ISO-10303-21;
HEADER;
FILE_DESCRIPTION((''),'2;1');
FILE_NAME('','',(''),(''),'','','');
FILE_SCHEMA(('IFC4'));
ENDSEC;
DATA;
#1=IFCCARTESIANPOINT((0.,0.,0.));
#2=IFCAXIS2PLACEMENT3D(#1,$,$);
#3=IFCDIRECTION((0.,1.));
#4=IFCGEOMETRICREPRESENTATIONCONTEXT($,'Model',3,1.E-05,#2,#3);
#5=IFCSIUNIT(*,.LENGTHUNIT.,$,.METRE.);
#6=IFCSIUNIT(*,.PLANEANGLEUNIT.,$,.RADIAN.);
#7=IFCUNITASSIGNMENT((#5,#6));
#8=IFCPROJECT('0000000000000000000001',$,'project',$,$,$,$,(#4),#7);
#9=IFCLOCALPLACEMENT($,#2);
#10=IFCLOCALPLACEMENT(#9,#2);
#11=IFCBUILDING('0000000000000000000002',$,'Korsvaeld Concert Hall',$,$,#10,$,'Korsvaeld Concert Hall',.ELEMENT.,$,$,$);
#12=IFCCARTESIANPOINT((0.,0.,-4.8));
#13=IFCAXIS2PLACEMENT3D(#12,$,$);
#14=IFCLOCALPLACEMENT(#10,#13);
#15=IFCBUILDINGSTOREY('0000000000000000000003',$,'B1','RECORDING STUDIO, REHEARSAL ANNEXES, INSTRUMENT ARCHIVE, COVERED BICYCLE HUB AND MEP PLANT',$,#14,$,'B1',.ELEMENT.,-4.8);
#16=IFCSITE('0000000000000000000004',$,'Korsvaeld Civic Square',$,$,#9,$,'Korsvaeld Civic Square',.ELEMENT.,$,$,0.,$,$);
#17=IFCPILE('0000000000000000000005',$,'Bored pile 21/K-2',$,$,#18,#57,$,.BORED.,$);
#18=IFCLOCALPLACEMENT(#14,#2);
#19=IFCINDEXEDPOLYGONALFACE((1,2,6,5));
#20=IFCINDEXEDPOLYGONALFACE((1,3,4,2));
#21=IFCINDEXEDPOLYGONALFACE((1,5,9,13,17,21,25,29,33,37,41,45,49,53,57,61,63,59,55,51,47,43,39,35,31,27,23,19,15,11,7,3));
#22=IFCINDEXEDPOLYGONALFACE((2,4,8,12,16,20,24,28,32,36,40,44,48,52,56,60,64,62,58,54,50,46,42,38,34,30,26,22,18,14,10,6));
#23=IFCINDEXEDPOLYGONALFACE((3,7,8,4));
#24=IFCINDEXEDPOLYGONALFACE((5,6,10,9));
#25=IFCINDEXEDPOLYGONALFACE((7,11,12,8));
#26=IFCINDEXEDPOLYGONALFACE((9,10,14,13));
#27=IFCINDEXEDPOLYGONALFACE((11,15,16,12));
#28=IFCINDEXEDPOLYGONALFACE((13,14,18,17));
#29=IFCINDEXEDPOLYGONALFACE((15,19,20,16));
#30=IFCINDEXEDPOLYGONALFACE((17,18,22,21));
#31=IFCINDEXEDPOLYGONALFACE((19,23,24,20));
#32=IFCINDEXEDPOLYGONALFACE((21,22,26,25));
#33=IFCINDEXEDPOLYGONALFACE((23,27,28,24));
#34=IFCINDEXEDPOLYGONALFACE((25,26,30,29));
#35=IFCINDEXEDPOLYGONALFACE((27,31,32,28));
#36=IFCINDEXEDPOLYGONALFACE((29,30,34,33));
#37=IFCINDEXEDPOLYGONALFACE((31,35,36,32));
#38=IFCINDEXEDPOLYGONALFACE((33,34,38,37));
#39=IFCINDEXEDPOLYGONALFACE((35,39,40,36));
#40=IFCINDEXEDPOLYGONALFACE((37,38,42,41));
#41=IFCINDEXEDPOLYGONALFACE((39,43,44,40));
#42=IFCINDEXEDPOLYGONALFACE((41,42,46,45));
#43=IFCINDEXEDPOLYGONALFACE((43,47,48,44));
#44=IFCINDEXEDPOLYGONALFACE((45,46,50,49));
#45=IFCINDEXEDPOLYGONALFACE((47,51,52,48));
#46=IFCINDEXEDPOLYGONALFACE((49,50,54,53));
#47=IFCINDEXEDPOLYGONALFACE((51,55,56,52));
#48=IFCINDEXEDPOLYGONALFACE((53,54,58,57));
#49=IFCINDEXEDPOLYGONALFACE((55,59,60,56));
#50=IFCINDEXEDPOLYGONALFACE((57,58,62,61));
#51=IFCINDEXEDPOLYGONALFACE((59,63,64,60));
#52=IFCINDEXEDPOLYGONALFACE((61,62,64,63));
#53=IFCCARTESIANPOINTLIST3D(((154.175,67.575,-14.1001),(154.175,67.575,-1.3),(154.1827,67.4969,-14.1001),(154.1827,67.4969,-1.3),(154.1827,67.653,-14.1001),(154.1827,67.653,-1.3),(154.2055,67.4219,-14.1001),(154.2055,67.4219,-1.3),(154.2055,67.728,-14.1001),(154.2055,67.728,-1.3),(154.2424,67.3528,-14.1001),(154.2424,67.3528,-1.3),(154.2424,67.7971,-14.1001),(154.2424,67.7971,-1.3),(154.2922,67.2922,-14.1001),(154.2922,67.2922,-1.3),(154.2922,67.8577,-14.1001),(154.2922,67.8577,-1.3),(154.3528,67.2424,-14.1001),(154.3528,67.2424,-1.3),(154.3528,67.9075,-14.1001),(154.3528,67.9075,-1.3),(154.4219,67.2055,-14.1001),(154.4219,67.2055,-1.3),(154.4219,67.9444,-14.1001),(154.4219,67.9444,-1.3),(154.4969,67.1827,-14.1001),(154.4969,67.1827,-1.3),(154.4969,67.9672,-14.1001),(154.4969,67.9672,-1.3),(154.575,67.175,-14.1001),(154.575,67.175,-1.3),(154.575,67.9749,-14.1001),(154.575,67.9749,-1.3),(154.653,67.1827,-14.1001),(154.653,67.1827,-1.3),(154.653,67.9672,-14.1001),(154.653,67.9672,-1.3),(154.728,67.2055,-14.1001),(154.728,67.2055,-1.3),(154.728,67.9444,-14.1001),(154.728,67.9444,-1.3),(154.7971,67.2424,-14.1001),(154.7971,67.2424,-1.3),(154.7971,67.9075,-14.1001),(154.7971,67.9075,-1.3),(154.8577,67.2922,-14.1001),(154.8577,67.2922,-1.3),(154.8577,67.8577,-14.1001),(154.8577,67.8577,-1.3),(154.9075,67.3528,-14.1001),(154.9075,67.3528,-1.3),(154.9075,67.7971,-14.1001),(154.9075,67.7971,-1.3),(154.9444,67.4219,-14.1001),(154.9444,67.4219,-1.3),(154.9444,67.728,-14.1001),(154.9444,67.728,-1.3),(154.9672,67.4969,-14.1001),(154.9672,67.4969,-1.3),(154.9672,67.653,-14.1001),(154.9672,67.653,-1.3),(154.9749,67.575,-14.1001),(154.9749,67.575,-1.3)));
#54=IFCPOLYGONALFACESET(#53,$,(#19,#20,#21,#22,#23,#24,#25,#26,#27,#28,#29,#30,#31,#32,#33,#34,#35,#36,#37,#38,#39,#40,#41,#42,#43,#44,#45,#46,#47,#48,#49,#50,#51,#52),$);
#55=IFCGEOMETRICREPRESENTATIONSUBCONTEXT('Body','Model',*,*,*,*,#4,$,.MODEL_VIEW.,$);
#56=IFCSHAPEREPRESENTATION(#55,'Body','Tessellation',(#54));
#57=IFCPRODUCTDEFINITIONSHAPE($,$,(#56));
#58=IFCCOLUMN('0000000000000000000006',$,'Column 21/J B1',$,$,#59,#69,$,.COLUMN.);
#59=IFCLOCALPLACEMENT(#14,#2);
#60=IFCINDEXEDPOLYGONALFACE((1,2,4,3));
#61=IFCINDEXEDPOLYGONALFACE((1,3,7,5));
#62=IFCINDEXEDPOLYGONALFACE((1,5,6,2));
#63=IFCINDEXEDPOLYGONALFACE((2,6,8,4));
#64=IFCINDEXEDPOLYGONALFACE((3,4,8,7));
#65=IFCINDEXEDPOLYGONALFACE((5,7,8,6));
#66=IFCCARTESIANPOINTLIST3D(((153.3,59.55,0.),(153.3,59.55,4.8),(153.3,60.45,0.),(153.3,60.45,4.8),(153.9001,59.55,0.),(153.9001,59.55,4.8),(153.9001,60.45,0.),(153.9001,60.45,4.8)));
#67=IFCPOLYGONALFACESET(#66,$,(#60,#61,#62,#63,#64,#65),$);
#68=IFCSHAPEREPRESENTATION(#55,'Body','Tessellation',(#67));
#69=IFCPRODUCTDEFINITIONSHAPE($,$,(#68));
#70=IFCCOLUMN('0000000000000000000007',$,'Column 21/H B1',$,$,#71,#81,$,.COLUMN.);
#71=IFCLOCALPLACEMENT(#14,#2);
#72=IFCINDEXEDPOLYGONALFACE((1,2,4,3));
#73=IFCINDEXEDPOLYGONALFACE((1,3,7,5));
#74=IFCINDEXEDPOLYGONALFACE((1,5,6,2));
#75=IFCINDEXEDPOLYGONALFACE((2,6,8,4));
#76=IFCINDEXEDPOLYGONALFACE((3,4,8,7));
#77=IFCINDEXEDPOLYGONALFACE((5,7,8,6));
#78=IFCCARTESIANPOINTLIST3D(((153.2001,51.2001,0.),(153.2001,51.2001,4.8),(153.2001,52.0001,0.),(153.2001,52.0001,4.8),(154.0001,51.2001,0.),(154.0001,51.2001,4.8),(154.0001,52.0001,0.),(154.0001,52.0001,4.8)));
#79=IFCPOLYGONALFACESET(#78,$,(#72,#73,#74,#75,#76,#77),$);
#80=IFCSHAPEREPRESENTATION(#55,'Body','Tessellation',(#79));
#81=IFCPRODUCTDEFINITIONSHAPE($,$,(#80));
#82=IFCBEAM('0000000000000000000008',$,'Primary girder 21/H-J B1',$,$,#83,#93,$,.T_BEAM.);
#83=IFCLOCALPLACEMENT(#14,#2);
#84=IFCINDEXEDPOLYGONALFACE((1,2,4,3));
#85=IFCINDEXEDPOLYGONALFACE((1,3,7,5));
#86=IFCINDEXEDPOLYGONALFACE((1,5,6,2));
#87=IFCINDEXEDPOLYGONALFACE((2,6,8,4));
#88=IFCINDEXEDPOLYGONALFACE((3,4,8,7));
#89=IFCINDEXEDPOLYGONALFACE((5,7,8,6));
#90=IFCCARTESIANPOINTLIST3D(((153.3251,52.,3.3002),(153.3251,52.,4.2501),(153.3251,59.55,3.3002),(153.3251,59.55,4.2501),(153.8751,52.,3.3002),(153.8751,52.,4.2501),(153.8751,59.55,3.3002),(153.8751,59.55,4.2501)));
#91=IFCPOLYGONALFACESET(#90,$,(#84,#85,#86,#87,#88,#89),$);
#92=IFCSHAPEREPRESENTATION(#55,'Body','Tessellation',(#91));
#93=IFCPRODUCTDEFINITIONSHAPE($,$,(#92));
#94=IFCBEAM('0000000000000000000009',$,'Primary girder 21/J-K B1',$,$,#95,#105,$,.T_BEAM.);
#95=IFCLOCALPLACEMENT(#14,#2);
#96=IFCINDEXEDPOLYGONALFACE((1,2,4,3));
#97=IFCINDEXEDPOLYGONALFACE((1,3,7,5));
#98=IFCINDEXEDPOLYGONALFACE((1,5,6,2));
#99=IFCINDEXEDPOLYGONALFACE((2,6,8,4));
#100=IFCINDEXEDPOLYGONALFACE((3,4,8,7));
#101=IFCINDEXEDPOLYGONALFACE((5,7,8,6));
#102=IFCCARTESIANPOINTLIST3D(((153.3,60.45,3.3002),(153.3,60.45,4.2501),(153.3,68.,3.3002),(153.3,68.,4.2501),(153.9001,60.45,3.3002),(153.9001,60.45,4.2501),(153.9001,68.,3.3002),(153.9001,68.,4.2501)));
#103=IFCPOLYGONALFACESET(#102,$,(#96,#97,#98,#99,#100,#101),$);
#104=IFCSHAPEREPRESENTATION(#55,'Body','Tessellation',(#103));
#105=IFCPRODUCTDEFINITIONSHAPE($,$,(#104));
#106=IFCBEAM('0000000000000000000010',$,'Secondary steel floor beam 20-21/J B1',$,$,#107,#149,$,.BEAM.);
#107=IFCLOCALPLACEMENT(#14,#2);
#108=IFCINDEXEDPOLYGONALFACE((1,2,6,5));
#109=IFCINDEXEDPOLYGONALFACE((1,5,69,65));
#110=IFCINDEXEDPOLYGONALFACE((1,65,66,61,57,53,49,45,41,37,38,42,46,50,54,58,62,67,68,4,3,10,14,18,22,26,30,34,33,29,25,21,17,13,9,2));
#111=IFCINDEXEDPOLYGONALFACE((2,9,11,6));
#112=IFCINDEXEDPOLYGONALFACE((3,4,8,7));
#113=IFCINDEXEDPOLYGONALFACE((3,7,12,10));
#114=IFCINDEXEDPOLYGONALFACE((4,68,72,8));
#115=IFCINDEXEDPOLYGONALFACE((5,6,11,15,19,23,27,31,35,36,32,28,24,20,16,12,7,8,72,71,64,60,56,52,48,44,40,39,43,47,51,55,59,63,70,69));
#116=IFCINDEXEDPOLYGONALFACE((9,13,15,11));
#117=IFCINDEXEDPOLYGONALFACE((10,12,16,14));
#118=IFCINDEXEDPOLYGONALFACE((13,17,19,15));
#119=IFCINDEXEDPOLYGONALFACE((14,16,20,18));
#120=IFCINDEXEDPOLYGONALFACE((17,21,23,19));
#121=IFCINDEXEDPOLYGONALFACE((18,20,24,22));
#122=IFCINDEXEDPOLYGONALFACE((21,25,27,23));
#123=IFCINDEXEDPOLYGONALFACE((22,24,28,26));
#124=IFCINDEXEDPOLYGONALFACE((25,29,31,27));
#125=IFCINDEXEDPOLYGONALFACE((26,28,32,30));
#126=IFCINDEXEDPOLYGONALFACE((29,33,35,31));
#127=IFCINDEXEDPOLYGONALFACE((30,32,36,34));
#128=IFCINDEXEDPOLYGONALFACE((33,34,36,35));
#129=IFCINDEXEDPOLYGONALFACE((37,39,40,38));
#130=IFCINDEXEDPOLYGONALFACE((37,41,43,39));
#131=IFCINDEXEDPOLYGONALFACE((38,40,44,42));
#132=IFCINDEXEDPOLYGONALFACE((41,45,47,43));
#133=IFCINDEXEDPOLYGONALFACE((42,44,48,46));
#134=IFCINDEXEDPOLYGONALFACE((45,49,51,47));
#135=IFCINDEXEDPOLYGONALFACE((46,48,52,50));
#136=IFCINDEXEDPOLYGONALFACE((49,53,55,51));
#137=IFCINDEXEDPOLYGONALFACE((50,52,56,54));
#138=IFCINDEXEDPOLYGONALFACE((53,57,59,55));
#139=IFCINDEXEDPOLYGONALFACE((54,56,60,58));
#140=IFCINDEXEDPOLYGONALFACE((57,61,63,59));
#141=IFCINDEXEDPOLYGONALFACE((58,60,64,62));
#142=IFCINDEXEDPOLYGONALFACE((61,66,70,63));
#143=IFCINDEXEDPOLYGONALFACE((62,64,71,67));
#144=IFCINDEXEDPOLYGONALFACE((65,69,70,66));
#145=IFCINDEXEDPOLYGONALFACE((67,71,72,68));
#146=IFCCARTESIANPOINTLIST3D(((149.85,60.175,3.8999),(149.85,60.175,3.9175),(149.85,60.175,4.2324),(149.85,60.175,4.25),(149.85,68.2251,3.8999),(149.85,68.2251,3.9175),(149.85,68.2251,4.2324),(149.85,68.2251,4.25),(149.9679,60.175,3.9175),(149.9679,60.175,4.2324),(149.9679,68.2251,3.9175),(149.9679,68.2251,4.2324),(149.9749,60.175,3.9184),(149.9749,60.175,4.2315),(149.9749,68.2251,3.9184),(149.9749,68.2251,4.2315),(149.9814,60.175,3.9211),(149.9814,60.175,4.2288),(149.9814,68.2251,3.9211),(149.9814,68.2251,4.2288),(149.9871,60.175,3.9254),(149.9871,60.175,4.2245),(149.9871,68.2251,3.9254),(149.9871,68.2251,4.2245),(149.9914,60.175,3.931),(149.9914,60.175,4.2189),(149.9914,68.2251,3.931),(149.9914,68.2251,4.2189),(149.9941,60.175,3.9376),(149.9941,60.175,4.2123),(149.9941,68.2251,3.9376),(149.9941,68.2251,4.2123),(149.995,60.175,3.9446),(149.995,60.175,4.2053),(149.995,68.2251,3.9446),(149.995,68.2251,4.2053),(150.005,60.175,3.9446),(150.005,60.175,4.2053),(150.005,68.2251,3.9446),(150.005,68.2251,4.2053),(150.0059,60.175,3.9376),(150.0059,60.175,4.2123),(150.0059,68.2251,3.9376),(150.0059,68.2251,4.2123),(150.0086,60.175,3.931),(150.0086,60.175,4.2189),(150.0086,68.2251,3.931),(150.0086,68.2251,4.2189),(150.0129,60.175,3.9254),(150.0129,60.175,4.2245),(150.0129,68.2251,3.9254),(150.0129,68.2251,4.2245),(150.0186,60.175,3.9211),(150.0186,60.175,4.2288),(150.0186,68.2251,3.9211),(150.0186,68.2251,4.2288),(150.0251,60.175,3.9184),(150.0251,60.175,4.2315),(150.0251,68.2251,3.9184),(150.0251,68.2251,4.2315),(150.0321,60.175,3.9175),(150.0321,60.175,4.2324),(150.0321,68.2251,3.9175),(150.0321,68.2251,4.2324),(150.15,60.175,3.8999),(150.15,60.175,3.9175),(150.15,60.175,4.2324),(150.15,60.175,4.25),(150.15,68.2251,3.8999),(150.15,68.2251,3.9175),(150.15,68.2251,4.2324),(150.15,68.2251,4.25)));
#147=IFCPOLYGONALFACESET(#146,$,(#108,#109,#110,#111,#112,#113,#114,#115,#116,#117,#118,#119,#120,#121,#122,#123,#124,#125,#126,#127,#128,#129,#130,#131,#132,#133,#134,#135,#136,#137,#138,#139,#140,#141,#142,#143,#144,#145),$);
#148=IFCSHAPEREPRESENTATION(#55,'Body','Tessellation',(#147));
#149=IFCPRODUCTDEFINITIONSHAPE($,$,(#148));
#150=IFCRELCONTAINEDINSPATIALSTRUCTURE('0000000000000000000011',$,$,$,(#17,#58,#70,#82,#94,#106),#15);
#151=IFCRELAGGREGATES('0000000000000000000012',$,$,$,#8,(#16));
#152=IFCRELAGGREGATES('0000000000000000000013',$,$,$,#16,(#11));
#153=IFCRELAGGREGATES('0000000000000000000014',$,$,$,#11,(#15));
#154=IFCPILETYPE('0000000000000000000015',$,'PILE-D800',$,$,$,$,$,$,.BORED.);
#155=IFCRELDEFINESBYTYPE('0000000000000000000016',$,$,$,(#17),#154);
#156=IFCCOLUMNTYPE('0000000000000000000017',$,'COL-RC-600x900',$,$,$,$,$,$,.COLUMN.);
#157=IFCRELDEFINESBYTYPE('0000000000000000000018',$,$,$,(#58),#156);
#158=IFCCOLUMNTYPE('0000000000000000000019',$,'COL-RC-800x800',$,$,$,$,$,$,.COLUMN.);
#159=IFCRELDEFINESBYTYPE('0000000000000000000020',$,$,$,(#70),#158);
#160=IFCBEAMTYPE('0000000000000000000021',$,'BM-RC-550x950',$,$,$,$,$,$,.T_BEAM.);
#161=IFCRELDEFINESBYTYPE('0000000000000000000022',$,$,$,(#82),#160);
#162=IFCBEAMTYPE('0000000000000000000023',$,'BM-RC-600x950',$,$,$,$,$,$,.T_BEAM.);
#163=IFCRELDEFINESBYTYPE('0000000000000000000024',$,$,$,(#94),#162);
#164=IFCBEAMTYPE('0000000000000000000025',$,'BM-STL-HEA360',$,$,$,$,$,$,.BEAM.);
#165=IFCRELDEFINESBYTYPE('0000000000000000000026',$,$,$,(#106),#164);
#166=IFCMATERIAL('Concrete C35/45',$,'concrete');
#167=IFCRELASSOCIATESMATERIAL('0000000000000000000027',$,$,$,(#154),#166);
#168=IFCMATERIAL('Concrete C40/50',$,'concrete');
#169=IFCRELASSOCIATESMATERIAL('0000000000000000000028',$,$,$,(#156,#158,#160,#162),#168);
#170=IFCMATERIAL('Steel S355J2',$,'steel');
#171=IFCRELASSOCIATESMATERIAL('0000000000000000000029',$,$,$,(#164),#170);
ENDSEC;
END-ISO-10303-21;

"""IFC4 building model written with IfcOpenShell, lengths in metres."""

from ifc_helpers import new_model, si_unit, direction, frame, origin, origin_2d, place, context, subcontext, project, spatial, rectangle, circle, i_section, extrude, material, material_profile, profile_set, type_object, element, save


model = new_model("IFC4")

# Units and contexts
model_context = context("Model", 3, precision=1e-05, world=origin(), true_north=direction((0.0, 1.0)))
body_context = subcontext(model_context, "Body", "Model", "MODEL_VIEW")
ifc_project = project(units=[si_unit("LENGTHUNIT", "METRE"), si_unit("PLANEANGLEUNIT", "RADIAN")], contexts=[model_context])

# Site, building, storey
site_placement = place(None, origin())
site = spatial("IfcSite", under=ifc_project, at=site_placement, Name="Korsvaeld Civic Square", LongName="Korsvaeld Civic Square", CompositionType="ELEMENT", RefElevation=0.0)
building_placement = place(site_placement, origin())
building = spatial("IfcBuilding", under=site, at=building_placement, Name="Korsvaeld Concert Hall", LongName="Korsvaeld Concert Hall", CompositionType="ELEMENT")
storey_placement = place(building_placement, frame((0.0, 0.0, -4.8)))
storey = spatial("IfcBuildingStorey", under=building, at=storey_placement, Name="B1", Description="RECORDING STUDIO, REHEARSAL ANNEXES, INSTRUMENT ARCHIVE, COVERED BICYCLE HUB AND MEP PLANT", LongName="B1", CompositionType="ELEMENT", Elevation=-4.8)

# Shared definitions
ifc_material_1 = material(Name="Concrete C35/45", Category="concrete")

# Pile
ifc_material_profile_1 = material_profile(ifc_material_1, circle(Radius=0.3999, at=origin_2d()), Name="BORED PILE D800")
ifc_profile_set_1 = profile_set([ifc_material_profile_1], Name="Concrete C35/45")
pile_type_1 = type_object("IfcPileType", Name="PILE-D800", PredefinedType="BORED", material=ifc_profile_set_1)
for number, where, z_axis, x_axis, name in (
    (1, (154.575, 67.575, -1.3), (0.0, 0.0, -1.0), (1.0, 0.0, 0.0), "Bored pile 21/K-2"),
):
    element("IfcPile", number, at=place(storey_placement, frame(where, z_axis=z_axis, x_axis=x_axis)), inside=storey, type_object=pile_type_1, Name=name, PredefinedType="BORED", context=body_context, shape_type="SweptSolid", body=[
        extrude(circle(Radius=0.3999, at=origin_2d()), origin(), (0.0, 0.0, 1.0), 12.8),
    ])

# Columns
ifc_material_2 = material(Name="Concrete C40/50", Category="concrete")
ifc_material_profile_2 = material_profile(ifc_material_2, rectangle(XDim=0.6001, YDim=0.8999, at=origin_2d()), Name="RC 600x900")
ifc_profile_set_2 = profile_set([ifc_material_profile_2], Name="Concrete C40/50")
column_type_1 = type_object("IfcColumnType", Name="COL-RC-600x900", PredefinedType="COLUMN", material=ifc_profile_set_2)
column_1_placement = place(storey_placement, frame((153.6001, 60.0, 0.0), z_axis=(0.0, 0.0, 1.0), x_axis=(1.0, 0.0, 0.0)))
element("IfcColumn", 2, at=column_1_placement, inside=storey, type_object=column_type_1, Name="Column 21/J B1", PredefinedType="COLUMN", context=body_context, shape_type="SweptSolid", body=[
    extrude(rectangle(XDim=0.6001, YDim=0.8999, at=origin_2d()), origin(), (0.0, 0.0, 1.0), 4.8),
])
ifc_material_profile_3 = material_profile(ifc_material_2, rectangle(XDim=0.8, YDim=0.8, at=origin_2d()), Name="RC 800x800")
ifc_profile_set_3 = profile_set([ifc_material_profile_3], Name="Concrete C40/50")
column_type_2 = type_object("IfcColumnType", Name="COL-RC-800x800", PredefinedType="COLUMN", material=ifc_profile_set_3)
column_2_placement = place(storey_placement, frame((153.6001, 51.6001, 0.0), z_axis=(0.0, 0.0, 1.0), x_axis=(1.0, 0.0, 0.0)))
element("IfcColumn", 3, at=column_2_placement, inside=storey, type_object=column_type_2, Name="Column 21/H B1", PredefinedType="COLUMN", context=body_context, shape_type="SweptSolid", body=[
    extrude(rectangle(XDim=0.8, YDim=0.8, at=origin_2d()), origin(), (0.0, 0.0, 1.0), 4.8),
])

# Beams
ifc_material_profile_4 = material_profile(ifc_material_2, rectangle(XDim=0.55, YDim=0.95, at=origin_2d()), Name="RC 550x950")
ifc_profile_set_4 = profile_set([ifc_material_profile_4], Name="Concrete C40/50")
beam_type_1 = type_object("IfcBeamType", Name="BM-RC-550x950", PredefinedType="T_BEAM", material=ifc_profile_set_4)
beam_1_placement = place(storey_placement, frame((153.6001, 52.0, 3.7751), z_axis=(0.0, 1.0, 0.0), x_axis=(-1.0, 0.0, 0.0)))
element("IfcBeam", 4, at=beam_1_placement, inside=storey, type_object=beam_type_1, Name="Primary girder 21/H-J B1", PredefinedType="T_BEAM", context=body_context, shape_type="SweptSolid", body=[
    extrude(rectangle(XDim=0.55, YDim=0.95, at=origin_2d()), origin(), (0.0, 0.0, 1.0), 7.55),
])
ifc_material_profile_5 = material_profile(ifc_material_2, rectangle(XDim=0.6001, YDim=0.95, at=origin_2d()), Name="RC 600x950")
ifc_profile_set_5 = profile_set([ifc_material_profile_5], Name="Concrete C40/50")
beam_type_2 = type_object("IfcBeamType", Name="BM-RC-600x950", PredefinedType="T_BEAM", material=ifc_profile_set_5)
beam_2_placement = place(storey_placement, frame((153.6001, 60.45, 3.7751), z_axis=(0.0, 1.0, 0.0), x_axis=(-1.0, 0.0, 0.0)))
element("IfcBeam", 5, at=beam_2_placement, inside=storey, type_object=beam_type_2, Name="Primary girder 21/J-K B1", PredefinedType="T_BEAM", context=body_context, shape_type="SweptSolid", body=[
    extrude(rectangle(XDim=0.6001, YDim=0.95, at=origin_2d()), origin(), (0.0, 0.0, 1.0), 7.55),
])
ifc_material_3 = material(Name="Steel S355J2", Category="steel")
ifc_material_profile_6 = material_profile(ifc_material_3, i_section(OverallWidth=0.3, OverallDepth=0.3501, WebThickness=0.01, FlangeThickness=0.0176, FilletRadius=0.0271, at=origin_2d()), Name="HEA 360")
ifc_profile_set_6 = profile_set([ifc_material_profile_6], Name="Steel S355J2")
beam_type_3 = type_object("IfcBeamType", Name="BM-STL-HEA360", PredefinedType="BEAM", material=ifc_profile_set_6)
beam_3_placement = place(storey_placement, frame((150.0, 60.175, 4.075), z_axis=(0.0, 1.0, 0.0), x_axis=(-1.0, 0.0, 0.0)))
element("IfcBeam", 6, at=beam_3_placement, inside=storey, type_object=beam_type_3, Name="Secondary steel floor beam 20-21/J B1", PredefinedType="BEAM", context=body_context, shape_type="SweptSolid", body=[
    extrude(i_section(OverallWidth=0.3, OverallDepth=0.3501, WebThickness=0.01, FlangeThickness=0.0176, FilletRadius=0.0271, at=origin_2d()), origin(), (0.0, 0.0, 1.0), 8.05),
])

save(model, "model.ifc")
